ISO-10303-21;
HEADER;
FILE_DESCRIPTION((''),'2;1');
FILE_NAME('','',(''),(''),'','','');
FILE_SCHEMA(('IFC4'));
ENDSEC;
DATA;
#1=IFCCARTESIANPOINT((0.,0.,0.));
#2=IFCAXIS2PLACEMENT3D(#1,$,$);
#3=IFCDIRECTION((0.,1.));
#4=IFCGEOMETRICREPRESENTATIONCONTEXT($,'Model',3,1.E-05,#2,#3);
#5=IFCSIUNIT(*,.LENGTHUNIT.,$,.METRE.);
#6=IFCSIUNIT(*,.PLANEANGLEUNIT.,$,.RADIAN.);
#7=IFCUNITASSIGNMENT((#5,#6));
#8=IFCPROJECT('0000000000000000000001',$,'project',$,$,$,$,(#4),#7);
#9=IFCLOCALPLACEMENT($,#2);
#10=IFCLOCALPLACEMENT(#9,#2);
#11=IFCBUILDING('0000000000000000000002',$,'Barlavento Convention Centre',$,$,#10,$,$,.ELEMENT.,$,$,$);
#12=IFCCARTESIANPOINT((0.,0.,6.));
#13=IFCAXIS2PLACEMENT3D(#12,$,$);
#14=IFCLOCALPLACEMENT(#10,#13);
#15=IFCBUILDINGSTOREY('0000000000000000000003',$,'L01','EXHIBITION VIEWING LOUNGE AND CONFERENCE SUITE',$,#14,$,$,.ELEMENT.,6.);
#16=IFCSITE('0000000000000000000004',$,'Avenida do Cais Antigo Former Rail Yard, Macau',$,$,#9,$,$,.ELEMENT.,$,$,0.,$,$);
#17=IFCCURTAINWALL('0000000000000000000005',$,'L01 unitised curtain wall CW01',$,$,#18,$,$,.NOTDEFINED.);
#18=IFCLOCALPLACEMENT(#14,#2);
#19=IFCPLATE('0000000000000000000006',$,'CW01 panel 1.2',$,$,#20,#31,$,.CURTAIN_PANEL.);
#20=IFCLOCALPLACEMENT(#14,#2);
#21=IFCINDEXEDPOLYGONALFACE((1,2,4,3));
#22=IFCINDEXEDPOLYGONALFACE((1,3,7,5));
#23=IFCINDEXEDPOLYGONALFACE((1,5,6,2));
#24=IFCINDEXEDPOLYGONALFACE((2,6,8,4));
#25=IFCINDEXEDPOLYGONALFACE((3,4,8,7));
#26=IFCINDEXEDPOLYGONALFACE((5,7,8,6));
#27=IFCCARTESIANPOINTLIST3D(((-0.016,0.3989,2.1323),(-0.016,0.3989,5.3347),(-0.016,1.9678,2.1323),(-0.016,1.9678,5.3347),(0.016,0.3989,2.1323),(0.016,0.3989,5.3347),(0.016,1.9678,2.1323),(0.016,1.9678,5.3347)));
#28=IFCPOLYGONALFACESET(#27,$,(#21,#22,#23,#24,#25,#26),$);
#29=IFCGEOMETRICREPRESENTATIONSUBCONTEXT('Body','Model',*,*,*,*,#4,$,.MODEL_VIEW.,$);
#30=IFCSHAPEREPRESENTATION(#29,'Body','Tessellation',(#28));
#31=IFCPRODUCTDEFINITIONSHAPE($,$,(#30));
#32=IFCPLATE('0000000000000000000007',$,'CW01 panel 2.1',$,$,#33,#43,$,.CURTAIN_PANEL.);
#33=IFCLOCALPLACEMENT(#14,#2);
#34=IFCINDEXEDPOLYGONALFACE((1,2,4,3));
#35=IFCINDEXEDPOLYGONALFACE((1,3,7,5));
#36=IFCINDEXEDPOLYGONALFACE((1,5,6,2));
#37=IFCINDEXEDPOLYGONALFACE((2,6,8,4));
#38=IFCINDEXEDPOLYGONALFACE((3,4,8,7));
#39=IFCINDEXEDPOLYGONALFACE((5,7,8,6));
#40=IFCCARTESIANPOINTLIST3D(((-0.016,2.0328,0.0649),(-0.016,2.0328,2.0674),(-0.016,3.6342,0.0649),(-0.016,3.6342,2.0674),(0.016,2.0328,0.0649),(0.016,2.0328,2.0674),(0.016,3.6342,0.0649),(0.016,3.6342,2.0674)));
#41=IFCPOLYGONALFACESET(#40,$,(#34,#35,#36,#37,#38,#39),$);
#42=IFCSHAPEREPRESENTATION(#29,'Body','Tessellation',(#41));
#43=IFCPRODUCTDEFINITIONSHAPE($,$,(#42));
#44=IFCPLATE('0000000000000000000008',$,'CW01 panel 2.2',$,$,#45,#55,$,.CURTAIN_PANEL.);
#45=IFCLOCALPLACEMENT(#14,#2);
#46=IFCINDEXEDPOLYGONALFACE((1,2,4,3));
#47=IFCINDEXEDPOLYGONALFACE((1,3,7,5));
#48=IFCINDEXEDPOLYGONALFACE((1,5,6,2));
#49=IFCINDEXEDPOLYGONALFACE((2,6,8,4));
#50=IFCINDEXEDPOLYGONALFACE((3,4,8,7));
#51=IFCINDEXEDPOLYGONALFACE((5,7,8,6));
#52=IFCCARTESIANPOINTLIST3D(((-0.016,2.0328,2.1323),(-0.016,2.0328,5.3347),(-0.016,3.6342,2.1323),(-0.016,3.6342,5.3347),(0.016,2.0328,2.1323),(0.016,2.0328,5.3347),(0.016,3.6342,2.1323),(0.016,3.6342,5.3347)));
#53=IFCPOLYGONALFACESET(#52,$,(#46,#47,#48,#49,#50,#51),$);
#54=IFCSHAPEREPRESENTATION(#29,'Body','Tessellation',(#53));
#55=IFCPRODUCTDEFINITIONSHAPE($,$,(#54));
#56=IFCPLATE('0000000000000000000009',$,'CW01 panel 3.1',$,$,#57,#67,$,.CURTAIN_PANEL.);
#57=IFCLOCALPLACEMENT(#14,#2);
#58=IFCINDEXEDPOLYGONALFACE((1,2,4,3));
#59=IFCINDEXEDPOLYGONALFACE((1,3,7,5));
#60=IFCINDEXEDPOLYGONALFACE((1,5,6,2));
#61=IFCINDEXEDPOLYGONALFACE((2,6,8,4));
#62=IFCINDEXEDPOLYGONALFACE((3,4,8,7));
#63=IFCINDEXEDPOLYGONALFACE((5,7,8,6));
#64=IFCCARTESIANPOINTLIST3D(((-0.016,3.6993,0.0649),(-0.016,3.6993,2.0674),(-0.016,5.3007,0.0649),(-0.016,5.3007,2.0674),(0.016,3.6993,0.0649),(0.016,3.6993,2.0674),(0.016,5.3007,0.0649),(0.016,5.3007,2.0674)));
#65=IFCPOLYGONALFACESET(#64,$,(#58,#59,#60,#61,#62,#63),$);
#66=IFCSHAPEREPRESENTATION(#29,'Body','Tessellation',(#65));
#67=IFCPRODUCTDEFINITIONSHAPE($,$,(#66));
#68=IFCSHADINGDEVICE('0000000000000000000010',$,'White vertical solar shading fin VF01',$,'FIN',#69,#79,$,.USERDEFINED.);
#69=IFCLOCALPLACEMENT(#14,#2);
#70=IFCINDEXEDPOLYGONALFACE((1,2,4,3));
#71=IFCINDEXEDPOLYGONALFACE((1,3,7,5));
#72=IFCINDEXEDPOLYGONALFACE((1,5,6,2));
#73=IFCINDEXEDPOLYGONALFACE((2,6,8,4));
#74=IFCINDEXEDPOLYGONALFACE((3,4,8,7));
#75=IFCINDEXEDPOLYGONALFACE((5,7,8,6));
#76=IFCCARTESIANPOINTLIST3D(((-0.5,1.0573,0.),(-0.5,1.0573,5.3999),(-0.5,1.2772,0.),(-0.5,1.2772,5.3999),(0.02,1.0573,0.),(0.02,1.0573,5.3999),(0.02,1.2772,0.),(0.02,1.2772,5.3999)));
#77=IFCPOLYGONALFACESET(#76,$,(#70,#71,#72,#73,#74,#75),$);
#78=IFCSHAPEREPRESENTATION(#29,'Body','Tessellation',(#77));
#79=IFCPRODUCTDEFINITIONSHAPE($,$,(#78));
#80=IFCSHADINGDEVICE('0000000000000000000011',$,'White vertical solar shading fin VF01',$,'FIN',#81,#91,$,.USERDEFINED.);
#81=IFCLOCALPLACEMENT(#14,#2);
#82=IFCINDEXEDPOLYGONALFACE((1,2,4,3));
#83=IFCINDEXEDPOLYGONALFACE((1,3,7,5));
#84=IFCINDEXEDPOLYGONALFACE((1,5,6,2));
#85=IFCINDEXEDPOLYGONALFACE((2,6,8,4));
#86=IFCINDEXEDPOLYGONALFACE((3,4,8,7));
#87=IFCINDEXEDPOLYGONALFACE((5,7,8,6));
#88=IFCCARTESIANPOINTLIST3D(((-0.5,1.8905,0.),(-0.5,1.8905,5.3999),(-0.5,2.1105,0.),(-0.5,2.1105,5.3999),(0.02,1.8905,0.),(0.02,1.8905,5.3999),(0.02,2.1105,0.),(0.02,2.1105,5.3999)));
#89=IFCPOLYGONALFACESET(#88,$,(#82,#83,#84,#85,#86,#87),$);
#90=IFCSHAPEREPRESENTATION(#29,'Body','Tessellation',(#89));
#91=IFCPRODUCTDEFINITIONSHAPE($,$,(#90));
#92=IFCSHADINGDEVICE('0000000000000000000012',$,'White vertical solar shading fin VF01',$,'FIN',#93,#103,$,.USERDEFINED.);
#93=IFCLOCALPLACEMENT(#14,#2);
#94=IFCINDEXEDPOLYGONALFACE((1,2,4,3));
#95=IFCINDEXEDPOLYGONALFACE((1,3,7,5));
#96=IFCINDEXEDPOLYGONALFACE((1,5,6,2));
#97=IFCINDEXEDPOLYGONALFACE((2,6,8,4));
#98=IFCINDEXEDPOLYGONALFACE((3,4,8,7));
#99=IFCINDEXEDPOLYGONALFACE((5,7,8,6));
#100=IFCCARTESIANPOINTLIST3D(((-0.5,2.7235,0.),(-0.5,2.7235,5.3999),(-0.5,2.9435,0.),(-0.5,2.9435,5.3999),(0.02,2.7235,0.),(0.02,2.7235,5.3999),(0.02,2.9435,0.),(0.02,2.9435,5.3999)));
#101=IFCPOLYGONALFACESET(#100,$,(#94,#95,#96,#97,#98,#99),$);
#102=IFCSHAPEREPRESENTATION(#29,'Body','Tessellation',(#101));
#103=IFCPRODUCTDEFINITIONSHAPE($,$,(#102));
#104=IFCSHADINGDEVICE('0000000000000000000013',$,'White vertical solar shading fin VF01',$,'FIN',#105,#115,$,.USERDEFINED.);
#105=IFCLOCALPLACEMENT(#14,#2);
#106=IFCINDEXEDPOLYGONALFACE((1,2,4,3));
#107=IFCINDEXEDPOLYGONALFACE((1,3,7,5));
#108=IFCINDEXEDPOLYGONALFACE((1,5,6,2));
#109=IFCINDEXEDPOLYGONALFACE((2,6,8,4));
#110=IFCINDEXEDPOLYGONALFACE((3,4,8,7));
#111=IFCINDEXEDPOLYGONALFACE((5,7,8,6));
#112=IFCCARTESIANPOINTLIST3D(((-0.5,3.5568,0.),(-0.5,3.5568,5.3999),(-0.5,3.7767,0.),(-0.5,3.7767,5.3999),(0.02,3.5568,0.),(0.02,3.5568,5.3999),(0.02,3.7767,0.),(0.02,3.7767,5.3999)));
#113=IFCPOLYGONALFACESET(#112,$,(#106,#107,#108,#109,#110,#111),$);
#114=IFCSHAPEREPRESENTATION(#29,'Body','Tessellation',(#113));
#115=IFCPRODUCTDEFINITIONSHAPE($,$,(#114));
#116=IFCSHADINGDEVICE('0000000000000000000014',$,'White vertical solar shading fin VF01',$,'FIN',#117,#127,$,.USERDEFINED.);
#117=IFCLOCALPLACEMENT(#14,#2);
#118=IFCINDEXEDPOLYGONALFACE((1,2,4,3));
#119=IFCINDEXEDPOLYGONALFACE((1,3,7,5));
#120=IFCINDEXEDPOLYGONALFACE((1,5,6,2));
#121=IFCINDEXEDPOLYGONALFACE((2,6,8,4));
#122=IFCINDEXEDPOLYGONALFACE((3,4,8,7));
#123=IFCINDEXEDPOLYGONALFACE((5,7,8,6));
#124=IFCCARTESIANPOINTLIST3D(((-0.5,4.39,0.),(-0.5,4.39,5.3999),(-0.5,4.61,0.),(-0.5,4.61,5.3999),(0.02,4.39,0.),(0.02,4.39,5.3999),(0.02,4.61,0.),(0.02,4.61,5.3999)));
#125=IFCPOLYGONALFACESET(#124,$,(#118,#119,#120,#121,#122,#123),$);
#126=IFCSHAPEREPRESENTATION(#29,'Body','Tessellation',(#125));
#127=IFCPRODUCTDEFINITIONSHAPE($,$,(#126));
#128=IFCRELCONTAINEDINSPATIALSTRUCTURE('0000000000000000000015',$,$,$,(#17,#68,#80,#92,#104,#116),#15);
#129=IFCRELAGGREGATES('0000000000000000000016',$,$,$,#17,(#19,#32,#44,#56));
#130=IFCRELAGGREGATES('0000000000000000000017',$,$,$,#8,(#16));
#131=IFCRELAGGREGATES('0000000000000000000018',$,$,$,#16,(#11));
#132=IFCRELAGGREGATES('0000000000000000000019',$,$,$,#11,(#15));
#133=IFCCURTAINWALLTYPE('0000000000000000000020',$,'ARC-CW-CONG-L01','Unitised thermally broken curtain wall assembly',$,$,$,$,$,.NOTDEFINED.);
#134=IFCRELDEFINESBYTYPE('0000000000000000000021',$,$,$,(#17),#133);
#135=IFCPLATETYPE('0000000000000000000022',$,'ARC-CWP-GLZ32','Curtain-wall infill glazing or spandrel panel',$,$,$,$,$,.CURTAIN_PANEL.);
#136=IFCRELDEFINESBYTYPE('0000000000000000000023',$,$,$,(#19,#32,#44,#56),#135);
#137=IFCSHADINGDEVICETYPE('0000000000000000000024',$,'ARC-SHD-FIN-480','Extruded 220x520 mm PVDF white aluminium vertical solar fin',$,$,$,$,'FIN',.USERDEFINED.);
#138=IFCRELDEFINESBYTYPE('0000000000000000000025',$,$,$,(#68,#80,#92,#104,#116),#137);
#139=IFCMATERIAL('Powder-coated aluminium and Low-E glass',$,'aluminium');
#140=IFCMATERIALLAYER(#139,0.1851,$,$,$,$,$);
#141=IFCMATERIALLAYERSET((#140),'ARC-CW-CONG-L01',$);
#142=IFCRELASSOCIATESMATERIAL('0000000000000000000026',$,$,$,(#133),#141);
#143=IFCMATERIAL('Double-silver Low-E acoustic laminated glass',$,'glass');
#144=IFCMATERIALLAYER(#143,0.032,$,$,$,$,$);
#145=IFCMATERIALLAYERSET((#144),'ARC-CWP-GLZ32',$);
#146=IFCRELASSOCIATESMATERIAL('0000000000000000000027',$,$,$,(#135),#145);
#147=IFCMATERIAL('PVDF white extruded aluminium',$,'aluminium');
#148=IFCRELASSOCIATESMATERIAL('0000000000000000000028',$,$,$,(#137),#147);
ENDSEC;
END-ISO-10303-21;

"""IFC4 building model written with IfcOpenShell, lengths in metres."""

from ifc_helpers import new_model, si_unit, direction, frame, origin, origin_2d, place, context, subcontext, project, spatial, rectangle, extrude, material, layer, layer_set, type_object, element, aggregate, save


model = new_model("IFC4")

# Units and contexts
model_context = context("Model", 3, precision=1e-05, world=origin(), true_north=direction((0.0, 1.0)))
body_context = subcontext(model_context, "Body", "Model", "MODEL_VIEW")
ifc_project = project(units=[si_unit("LENGTHUNIT", "METRE"), si_unit("PLANEANGLEUNIT", "RADIAN")], contexts=[model_context])

# Site, building, storey
site_placement = place(None, origin())
site = spatial("IfcSite", under=ifc_project, at=site_placement, Name="Avenida do Cais Antigo Former Rail Yard, Macau", CompositionType="ELEMENT", RefElevation=0.0)
building_placement = place(site_placement, origin())
building = spatial("IfcBuilding", under=site, at=building_placement, Name="Barlavento Convention Centre", CompositionType="ELEMENT")
storey_placement = place(building_placement, frame((0.0, 0.0, 6.0)))
storey = spatial("IfcBuildingStorey", under=building, at=storey_placement, Name="L01", Description="EXHIBITION VIEWING LOUNGE AND CONFERENCE SUITE", CompositionType="ELEMENT", Elevation=6.0)

# Curtain wall, plates
ifc_material_1 = material(Name="Powder-coated aluminium and Low-E glass", Category="aluminium")
ifc_layer_1 = layer(ifc_material_1, 0.1851)
ifc_layer_set_1 = layer_set([ifc_layer_1], Name="ARC-CW-CONG-L01")
curtain_wall_type = type_object("IfcCurtainWallType", Name="ARC-CW-CONG-L01", Description="Unitised thermally broken curtain wall assembly", PredefinedType="NOTDEFINED", material=ifc_layer_set_1)
curtain_wall_placement = place(storey_placement, origin())
curtain_wall = element("IfcCurtainWall", 1, at=curtain_wall_placement, inside=storey, type_object=curtain_wall_type, Name="L01 unitised curtain wall CW01", PredefinedType="NOTDEFINED")
ifc_material_2 = material(Name="Double-silver Low-E acoustic laminated glass", Category="glass")
ifc_layer_2 = layer(ifc_material_2, 0.032)
ifc_layer_set_2 = layer_set([ifc_layer_2], Name="ARC-CWP-GLZ32")
plate_type = type_object("IfcPlateType", Name="ARC-CWP-GLZ32", Description="Curtain-wall infill glazing or spandrel panel", PredefinedType="CURTAIN_PANEL", material=ifc_layer_set_2)
plate_1_placement = place(storey_placement, frame((0.0, 1.1833, 2.1323), z_axis=(0.0, 0.0, 1.0), x_axis=(0.0, 1.0, 0.0)))
plate_1 = element("IfcPlate", 2, at=plate_1_placement, type_object=plate_type, Name="CW01 panel 1.2", PredefinedType="CURTAIN_PANEL", context=body_context, shape_type="SweptSolid", body=[
    extrude(rectangle(XDim=1.5688, YDim=0.032, at=origin_2d()), origin(), (0.0, 0.0, 1.0), 3.2024),
])
plate_2_placement = place(storey_placement, frame((0.0, 2.8335, 0.0649), z_axis=(0.0, 0.0, 1.0), x_axis=(0.0, 1.0, 0.0)))
plate_2 = element("IfcPlate", 3, at=plate_2_placement, type_object=plate_type, Name="CW01 panel 2.1", PredefinedType="CURTAIN_PANEL", context=body_context, shape_type="SweptSolid", body=[
    extrude(rectangle(XDim=1.6013, YDim=0.032, at=origin_2d()), origin(), (0.0, 0.0, 1.0), 2.0024),
])
plate_3_placement = place(storey_placement, frame((0.0, 2.8335, 2.1323), z_axis=(0.0, 0.0, 1.0), x_axis=(0.0, 1.0, 0.0)))
plate_3 = element("IfcPlate", 4, at=plate_3_placement, type_object=plate_type, Name="CW01 panel 2.2", PredefinedType="CURTAIN_PANEL", context=body_context, shape_type="SweptSolid", body=[
    extrude(rectangle(XDim=1.6013, YDim=0.032, at=origin_2d()), origin(), (0.0, 0.0, 1.0), 3.2024),
])
plate_4_placement = place(storey_placement, frame((0.0, 4.5, 0.0649), z_axis=(0.0, 0.0, 1.0), x_axis=(0.0, 1.0, 0.0)))
plate_4 = element("IfcPlate", 5, at=plate_4_placement, type_object=plate_type, Name="CW01 panel 3.1", PredefinedType="CURTAIN_PANEL", context=body_context, shape_type="SweptSolid", body=[
    extrude(rectangle(XDim=1.6013, YDim=0.032, at=origin_2d()), origin(), (0.0, 0.0, 1.0), 2.0024),
])
aggregate(curtain_wall, [plate_1, plate_2, plate_3, plate_4])

# Shading devices
ifc_material_3 = material(Name="PVDF white extruded aluminium", Category="aluminium")
shading_device_type = type_object("IfcShadingDeviceType", Name="ARC-SHD-FIN-480", Description="Extruded 220x520 mm PVDF white aluminium vertical solar fin", ElementType="FIN", PredefinedType="USERDEFINED", material=ifc_material_3)
for number, where, z_axis, x_axis, name in (
    (6, (-0.24, 1.1672, 0.0), (0.0, 0.0, 1.0), (0.0, 1.0, 0.0), "White vertical solar shading fin VF01"),
    (7, (-0.24, 2.0005, 0.0), (0.0, 0.0, 1.0), (0.0, 1.0, 0.0), "White vertical solar shading fin VF01"),
    (8, (-0.24, 2.8335, 0.0), (0.0, 0.0, 1.0), (0.0, 1.0, 0.0), "White vertical solar shading fin VF01"),
    (9, (-0.24, 3.6667, 0.0), (0.0, 0.0, 1.0), (0.0, 1.0, 0.0), "White vertical solar shading fin VF01"),
    (10, (-0.24, 4.5, 0.0), (0.0, 0.0, 1.0), (0.0, 1.0, 0.0), "White vertical solar shading fin VF01"),
):
    element("IfcShadingDevice", number, at=place(storey_placement, frame(where, z_axis=z_axis, x_axis=x_axis)), inside=storey, type_object=shading_device_type, Name=name, ObjectType="FIN", PredefinedType="USERDEFINED", context=body_context, shape_type="SweptSolid", body=[
        extrude(rectangle(XDim=0.22, YDim=0.52, at=origin_2d()), origin(), (0.0, 0.0, 1.0), 5.3999),
    ])

save(model, "model.ifc")
